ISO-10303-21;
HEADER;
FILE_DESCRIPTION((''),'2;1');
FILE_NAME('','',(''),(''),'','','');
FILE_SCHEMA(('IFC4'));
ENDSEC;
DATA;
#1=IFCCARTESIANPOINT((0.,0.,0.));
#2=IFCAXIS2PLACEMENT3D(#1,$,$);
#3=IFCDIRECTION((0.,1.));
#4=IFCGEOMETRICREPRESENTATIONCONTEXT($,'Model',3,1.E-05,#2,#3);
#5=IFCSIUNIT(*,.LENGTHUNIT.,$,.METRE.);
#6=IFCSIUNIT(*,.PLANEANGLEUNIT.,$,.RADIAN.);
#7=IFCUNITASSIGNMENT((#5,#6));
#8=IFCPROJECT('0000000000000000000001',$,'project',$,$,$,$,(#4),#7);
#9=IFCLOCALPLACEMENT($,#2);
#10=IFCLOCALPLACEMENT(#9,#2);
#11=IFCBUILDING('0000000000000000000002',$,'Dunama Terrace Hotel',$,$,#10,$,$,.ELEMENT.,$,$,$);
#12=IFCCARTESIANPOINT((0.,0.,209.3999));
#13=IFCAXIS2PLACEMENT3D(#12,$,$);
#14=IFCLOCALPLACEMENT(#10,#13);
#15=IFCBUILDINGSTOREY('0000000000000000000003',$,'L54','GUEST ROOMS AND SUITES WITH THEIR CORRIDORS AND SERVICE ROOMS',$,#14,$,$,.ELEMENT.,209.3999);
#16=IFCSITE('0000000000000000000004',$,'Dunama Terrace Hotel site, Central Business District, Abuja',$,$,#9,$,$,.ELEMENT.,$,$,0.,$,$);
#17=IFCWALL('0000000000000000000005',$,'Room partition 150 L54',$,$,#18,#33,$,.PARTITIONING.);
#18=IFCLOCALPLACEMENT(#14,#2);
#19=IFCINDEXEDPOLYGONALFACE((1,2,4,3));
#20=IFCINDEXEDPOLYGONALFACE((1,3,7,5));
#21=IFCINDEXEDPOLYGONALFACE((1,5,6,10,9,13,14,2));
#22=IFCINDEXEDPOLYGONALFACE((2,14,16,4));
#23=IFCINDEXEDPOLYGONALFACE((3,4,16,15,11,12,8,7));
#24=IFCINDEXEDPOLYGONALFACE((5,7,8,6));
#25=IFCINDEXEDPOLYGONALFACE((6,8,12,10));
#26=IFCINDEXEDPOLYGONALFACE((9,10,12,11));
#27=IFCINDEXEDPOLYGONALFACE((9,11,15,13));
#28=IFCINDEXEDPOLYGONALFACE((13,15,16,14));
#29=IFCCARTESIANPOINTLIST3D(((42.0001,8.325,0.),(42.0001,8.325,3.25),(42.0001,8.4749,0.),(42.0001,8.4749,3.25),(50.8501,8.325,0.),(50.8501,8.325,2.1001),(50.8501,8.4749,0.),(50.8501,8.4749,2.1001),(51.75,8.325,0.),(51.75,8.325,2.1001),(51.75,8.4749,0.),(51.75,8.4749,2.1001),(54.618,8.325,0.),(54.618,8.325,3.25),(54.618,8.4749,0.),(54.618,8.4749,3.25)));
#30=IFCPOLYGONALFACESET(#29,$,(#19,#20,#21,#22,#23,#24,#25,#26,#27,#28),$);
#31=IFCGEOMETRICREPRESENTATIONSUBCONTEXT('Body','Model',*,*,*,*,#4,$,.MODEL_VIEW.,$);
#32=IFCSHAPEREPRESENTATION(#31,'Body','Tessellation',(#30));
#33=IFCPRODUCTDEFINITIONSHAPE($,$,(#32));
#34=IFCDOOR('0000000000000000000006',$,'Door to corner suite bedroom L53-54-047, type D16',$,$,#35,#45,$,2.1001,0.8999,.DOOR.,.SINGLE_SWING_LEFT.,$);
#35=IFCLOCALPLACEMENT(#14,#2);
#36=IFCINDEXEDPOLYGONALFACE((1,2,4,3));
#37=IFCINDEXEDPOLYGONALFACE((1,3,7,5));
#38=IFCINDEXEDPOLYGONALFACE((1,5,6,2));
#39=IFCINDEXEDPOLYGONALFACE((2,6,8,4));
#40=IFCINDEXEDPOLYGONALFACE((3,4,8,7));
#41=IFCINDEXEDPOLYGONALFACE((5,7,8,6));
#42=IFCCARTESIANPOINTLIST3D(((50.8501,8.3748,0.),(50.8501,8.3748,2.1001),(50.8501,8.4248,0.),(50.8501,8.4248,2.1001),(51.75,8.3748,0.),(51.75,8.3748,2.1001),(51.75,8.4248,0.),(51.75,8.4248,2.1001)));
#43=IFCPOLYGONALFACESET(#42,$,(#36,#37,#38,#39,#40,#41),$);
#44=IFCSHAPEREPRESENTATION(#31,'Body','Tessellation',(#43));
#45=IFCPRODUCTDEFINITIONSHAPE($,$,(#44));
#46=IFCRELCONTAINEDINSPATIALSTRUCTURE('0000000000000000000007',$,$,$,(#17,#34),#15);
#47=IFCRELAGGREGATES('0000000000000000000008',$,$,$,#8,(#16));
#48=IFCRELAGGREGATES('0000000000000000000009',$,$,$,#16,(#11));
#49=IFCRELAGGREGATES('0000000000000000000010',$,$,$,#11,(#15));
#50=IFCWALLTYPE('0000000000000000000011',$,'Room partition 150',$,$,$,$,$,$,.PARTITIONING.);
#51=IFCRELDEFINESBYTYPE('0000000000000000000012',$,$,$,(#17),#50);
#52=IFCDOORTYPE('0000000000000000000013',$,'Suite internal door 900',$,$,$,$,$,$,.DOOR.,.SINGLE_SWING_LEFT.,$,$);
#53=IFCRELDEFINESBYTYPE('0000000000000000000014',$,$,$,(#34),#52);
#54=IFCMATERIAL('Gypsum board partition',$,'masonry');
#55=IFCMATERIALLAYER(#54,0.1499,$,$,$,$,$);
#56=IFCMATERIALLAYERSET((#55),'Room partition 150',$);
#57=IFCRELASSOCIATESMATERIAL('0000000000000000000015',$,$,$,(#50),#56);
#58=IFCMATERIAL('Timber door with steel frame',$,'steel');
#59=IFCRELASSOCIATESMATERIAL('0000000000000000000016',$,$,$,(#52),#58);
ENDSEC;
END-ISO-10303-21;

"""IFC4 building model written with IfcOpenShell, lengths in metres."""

from ifc_helpers import new_model, si_unit, direction, frame, frame_2d, origin, place, context, subcontext, project, spatial, rectangle, extrude, material, layer, layer_set, type_object, element, fill, save


model = new_model("IFC4")

# Units and contexts
model_context = context("Model", 3, precision=1e-05, world=origin(), true_north=direction((0.0, 1.0)))
body_context = subcontext(model_context, "Body", "Model", "MODEL_VIEW")
ifc_project = project(units=[si_unit("LENGTHUNIT", "METRE"), si_unit("PLANEANGLEUNIT", "RADIAN")], contexts=[model_context])

# Site, building, storey
site_placement = place(None, origin())
site = spatial("IfcSite", under=ifc_project, at=site_placement, Name="Dunama Terrace Hotel site, Central Business District, Abuja", CompositionType="ELEMENT", RefElevation=0.0)
building_placement = place(site_placement, origin())
building = spatial("IfcBuilding", under=site, at=building_placement, Name="Dunama Terrace Hotel", CompositionType="ELEMENT")
storey_placement = place(building_placement, frame((0.0, 0.0, 209.3999)))
storey = spatial("IfcBuildingStorey", under=building, at=storey_placement, Name="L54", Description="GUEST ROOMS AND SUITES WITH THEIR CORRIDORS AND SERVICE ROOMS", CompositionType="ELEMENT", Elevation=209.3999)

# Wall, opening, door
ifc_material_1 = material(Name="Gypsum board partition", Category="masonry")
ifc_layer_1 = layer(ifc_material_1, 0.1499)
ifc_layer_set_1 = layer_set([ifc_layer_1], Name="Room partition 150")
wall_type_1 = type_object("IfcWallType", Name="Room partition 150", PredefinedType="PARTITIONING", material=ifc_layer_set_1)
wall_1_placement = place(storey_placement, frame((42.0, 8.3999, 0.0), z_axis=(0.0, 0.0, 1.0), x_axis=(1.0, 0.0, 0.0)))
wall_1 = element("IfcWall", 1, at=wall_1_placement, inside=storey, type_object=wall_type_1, Name="Room partition 150 L54", PredefinedType="PARTITIONING", context=body_context, shape_type="SweptSolid", body=[
    extrude(rectangle(XDim=12.6179, YDim=0.1499, at=frame_2d((6.3091, 0.0))), origin(), (0.0, 0.0, 1.0), 3.25),
])
opening_1_placement = place(wall_1_placement, frame((8.8501, 0.0, 0.0)))
opening_1 = element("IfcOpeningElement", 2, at=opening_1_placement, cuts=wall_1, PredefinedType="OPENING", context=body_context, shape_type="SweptSolid", body=[
    extrude(rectangle(XDim=0.8999, YDim=2.1001, at=frame_2d((0.45, 1.05))), frame((0.0, 0.085, 0.0), z_axis=(0.0, -1.0, 0.0), x_axis=(1.0, 0.0, 0.0)), (0.0, 0.0, 1.0), 0.1699),
])
ifc_material_2 = material(Name="Timber door with steel frame", Category="steel")
door_type_1 = type_object("IfcDoorType", Name="Suite internal door 900", OperationType="SINGLE_SWING_LEFT", PredefinedType="DOOR", material=ifc_material_2)
door_1_placement = place(opening_1_placement, frame((0.8999, 0.0, 0.0), z_axis=(0.0, 0.0, 1.0), x_axis=(-1.0, 0.0, 0.0)))
door_1 = element("IfcDoor", 3, at=door_1_placement, inside=storey, type_object=door_type_1, Name="Door to corner suite bedroom L53-54-047, type D16", OperationType="SINGLE_SWING_LEFT", OverallHeight=2.1001, OverallWidth=0.8999, PredefinedType="DOOR", context=body_context, shape_type="SweptSolid", body=[
    extrude(rectangle(XDim=0.8999, YDim=2.1001, at=frame_2d((0.45, 1.05))), frame((0.0, 0.0251, 0.0), z_axis=(0.0, -1.0, 0.0), x_axis=(1.0, 0.0, 0.0)), (0.0, 0.0, 1.0), 0.05),
])
fill(opening_1, door_1)

save(model, "model.ifc")
